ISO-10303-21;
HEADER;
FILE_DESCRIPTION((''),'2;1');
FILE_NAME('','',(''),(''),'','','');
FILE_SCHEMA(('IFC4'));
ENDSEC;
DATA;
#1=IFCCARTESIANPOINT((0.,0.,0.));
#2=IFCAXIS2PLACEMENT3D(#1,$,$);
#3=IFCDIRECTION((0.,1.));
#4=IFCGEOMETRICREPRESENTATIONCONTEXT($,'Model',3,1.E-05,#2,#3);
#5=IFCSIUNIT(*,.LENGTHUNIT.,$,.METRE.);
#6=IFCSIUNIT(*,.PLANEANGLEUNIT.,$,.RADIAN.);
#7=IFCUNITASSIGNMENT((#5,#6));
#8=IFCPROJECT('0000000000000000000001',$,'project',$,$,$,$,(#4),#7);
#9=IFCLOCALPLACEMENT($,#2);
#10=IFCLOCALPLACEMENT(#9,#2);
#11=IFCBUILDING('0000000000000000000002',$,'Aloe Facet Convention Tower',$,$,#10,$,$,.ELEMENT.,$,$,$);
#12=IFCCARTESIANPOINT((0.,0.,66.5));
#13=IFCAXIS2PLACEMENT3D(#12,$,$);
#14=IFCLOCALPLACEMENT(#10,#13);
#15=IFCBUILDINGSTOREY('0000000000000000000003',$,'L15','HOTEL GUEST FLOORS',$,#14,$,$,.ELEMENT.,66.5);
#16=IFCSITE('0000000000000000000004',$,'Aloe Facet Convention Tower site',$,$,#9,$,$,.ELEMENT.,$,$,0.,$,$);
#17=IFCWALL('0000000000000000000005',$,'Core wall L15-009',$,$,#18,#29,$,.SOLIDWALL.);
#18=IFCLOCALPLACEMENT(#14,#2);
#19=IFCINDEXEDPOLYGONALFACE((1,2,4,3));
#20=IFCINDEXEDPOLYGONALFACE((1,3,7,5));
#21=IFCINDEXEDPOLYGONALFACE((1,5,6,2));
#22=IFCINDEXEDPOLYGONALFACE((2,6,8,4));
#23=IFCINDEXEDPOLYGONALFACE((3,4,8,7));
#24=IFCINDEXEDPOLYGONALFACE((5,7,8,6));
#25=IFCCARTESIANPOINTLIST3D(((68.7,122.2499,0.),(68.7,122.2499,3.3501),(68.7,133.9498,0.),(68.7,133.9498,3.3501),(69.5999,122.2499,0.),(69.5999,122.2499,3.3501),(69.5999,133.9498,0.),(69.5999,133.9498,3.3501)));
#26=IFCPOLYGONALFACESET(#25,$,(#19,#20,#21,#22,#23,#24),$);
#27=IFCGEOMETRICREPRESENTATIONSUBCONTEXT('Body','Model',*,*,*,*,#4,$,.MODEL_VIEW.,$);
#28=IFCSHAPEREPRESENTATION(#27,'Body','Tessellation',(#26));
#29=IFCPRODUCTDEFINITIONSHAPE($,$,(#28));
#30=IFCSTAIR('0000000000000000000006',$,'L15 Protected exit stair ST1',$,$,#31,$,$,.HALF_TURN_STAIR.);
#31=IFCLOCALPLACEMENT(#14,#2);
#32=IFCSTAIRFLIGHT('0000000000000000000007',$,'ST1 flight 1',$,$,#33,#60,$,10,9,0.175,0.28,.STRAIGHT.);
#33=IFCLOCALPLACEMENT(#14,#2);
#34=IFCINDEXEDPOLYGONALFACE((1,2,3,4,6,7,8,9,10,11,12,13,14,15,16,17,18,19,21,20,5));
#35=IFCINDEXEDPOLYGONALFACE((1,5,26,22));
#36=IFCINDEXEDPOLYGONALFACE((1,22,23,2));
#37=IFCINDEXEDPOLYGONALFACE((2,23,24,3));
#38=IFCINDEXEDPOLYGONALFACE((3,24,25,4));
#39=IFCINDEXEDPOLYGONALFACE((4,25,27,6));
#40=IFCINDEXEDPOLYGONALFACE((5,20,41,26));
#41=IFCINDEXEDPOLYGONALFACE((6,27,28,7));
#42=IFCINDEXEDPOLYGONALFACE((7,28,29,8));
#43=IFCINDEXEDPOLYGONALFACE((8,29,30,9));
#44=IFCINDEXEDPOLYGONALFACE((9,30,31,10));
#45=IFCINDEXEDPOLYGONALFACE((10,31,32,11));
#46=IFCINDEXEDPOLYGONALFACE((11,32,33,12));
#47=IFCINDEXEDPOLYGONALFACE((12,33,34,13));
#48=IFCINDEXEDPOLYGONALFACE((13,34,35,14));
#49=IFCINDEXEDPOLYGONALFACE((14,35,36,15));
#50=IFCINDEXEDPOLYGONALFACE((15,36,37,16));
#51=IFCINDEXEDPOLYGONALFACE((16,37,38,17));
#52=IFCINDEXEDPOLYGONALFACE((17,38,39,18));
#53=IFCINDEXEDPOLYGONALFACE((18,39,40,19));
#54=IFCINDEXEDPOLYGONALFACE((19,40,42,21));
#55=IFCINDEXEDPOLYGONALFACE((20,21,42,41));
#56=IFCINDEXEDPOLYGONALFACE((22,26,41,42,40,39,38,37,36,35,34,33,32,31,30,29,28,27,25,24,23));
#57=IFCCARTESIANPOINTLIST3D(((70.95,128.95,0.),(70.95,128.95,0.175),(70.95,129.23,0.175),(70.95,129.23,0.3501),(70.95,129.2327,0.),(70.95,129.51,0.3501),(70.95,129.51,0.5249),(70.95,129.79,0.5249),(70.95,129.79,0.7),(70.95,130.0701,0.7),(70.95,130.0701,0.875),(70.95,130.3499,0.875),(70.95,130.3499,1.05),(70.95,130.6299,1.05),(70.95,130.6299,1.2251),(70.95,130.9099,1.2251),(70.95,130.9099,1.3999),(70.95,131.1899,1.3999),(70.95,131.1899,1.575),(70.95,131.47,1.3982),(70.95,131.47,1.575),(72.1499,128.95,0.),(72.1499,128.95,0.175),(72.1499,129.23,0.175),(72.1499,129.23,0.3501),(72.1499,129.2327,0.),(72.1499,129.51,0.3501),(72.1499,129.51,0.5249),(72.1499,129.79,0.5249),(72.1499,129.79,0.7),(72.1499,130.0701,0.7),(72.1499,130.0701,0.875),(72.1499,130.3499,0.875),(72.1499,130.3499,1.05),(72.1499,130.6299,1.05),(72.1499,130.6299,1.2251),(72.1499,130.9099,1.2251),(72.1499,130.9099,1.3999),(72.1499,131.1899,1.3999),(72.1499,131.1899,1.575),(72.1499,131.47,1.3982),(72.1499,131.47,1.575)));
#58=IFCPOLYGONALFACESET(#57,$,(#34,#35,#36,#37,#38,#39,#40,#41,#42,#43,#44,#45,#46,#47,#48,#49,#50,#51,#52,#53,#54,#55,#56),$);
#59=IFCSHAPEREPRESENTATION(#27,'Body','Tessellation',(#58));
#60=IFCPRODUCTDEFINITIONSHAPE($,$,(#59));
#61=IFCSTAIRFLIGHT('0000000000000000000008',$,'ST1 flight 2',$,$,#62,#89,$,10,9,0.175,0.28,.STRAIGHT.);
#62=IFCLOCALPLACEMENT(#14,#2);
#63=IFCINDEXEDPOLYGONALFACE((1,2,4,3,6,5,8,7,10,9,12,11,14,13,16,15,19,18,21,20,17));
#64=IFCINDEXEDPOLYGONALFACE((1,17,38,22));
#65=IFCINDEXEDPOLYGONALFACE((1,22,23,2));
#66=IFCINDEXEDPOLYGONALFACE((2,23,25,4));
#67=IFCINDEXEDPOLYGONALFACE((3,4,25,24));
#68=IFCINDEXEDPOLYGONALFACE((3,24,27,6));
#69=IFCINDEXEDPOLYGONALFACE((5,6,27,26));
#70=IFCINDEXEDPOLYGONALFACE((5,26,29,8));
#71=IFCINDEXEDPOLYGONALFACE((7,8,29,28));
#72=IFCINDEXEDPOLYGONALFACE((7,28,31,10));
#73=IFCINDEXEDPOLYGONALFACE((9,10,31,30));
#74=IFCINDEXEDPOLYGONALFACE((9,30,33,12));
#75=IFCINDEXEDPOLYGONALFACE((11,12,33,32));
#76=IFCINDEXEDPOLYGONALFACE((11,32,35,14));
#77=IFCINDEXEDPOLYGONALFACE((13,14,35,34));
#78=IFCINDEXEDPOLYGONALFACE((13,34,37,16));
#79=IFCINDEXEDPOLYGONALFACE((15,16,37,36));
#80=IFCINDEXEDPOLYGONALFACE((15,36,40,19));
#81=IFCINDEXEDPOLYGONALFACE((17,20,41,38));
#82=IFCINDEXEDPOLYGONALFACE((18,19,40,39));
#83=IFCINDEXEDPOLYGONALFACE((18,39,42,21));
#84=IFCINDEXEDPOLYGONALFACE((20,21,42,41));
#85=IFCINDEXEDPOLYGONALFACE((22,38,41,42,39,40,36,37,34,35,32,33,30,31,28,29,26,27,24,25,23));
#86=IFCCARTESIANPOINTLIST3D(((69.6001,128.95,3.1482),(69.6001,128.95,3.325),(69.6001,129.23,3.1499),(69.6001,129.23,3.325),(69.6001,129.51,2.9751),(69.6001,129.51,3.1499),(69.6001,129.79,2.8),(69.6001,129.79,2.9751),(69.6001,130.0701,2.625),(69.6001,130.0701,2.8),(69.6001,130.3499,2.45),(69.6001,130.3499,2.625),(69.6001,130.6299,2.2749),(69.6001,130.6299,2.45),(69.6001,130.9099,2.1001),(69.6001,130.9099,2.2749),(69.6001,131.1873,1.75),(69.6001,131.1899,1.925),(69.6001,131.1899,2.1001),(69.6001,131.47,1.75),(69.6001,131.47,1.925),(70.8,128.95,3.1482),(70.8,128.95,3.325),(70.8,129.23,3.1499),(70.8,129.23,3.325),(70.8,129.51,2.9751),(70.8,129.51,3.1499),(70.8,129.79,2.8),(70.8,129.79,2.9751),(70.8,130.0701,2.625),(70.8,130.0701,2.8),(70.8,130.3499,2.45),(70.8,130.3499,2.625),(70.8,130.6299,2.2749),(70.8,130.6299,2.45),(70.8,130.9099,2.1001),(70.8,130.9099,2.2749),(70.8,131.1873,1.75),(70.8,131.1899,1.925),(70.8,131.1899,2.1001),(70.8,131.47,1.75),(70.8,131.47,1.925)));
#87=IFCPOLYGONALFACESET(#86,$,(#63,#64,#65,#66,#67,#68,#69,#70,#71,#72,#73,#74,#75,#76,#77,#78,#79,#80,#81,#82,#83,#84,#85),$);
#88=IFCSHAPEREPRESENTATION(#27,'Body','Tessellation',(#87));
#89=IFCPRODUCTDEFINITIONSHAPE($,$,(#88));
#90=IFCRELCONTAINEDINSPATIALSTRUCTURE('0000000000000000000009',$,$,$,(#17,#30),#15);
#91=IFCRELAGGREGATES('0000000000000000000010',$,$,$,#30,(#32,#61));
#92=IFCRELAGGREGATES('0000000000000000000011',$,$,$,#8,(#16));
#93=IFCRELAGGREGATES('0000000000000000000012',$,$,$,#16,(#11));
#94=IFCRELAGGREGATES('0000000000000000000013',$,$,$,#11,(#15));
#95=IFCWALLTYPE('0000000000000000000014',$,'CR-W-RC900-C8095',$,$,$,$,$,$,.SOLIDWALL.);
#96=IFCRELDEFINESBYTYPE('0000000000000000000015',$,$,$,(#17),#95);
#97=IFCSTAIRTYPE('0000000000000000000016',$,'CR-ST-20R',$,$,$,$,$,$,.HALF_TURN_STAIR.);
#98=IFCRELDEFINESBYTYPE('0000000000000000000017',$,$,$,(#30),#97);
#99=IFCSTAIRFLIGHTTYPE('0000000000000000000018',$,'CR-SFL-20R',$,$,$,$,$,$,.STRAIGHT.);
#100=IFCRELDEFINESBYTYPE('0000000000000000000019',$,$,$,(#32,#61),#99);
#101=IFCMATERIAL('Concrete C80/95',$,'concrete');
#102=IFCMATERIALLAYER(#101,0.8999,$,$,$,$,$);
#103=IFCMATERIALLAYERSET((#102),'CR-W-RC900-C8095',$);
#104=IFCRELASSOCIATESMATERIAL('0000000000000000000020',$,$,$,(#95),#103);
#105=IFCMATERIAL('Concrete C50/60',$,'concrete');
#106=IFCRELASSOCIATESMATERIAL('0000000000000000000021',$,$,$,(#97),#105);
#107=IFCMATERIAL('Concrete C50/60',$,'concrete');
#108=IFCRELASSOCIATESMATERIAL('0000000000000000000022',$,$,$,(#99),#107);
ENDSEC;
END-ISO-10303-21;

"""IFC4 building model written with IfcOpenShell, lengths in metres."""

from ifc_helpers import new_model, si_unit, direction, frame, frame_2d, origin, place, context, subcontext, project, spatial, polyline, rectangle, outline, extrude, material, layer, layer_set, type_object, element, aggregate, save


model = new_model("IFC4")

# Units and contexts
model_context = context("Model", 3, precision=1e-05, world=origin(), true_north=direction((0.0, 1.0)))
body_context = subcontext(model_context, "Body", "Model", "MODEL_VIEW")
ifc_project = project(units=[si_unit("LENGTHUNIT", "METRE"), si_unit("PLANEANGLEUNIT", "RADIAN")], contexts=[model_context])

# Site, building, storey
site_placement = place(None, origin())
site = spatial("IfcSite", under=ifc_project, at=site_placement, Name="Aloe Facet Convention Tower site", CompositionType="ELEMENT", RefElevation=0.0)
building_placement = place(site_placement, origin())
building = spatial("IfcBuilding", under=site, at=building_placement, Name="Aloe Facet Convention Tower", CompositionType="ELEMENT")
storey_placement = place(building_placement, frame((0.0, 0.0, 66.5)))
storey = spatial("IfcBuildingStorey", under=building, at=storey_placement, Name="L15", Description="HOTEL GUEST FLOORS", CompositionType="ELEMENT", Elevation=66.5)

# Wall
ifc_material_1 = material(Name="Concrete C80/95", Category="concrete")
ifc_layer_1 = layer(ifc_material_1, 0.8999)
ifc_layer_set_1 = layer_set([ifc_layer_1], Name="CR-W-RC900-C8095")
wall_type_1 = type_object("IfcWallType", Name="CR-W-RC900-C8095", PredefinedType="SOLIDWALL", material=ifc_layer_set_1)
wall_1_placement = place(storey_placement, frame((69.1499, 133.95, 0.0), z_axis=(0.0, 0.0, 1.0), x_axis=(0.0, -1.0, 0.0)))
element("IfcWall", 1, at=wall_1_placement, inside=storey, type_object=wall_type_1, Name="Core wall L15-009", PredefinedType="SOLIDWALL", context=body_context, shape_type="SweptSolid", body=[
    extrude(rectangle(XDim=11.7, YDim=0.8999, at=frame_2d((5.8501, 0.0))), origin(), (0.0, 0.0, 1.0), 3.3501),
])

# Stair, stair flights
ifc_material_2 = material(Name="Concrete C50/60", Category="concrete")
stair_type = type_object("IfcStairType", Name="CR-ST-20R", PredefinedType="HALF_TURN_STAIR", material=ifc_material_2)
stair_placement = place(storey_placement, origin())
stair = element("IfcStair", 2, at=stair_placement, inside=storey, type_object=stair_type, Name="L15 Protected exit stair ST1", PredefinedType="HALF_TURN_STAIR")
ifc_material_3 = material(Name="Concrete C50/60", Category="concrete")
stair_flight_type = type_object("IfcStairFlightType", Name="CR-SFL-20R", PredefinedType="STRAIGHT", material=ifc_material_3)
stair_flight_1_placement = place(storey_placement, frame((71.55, 128.95, 0.0), z_axis=(0.0, 0.0, 1.0), x_axis=(0.0, 1.0, 0.0)))
stair_flight_1 = element("IfcStairFlight", 3, at=stair_flight_1_placement, type_object=stair_flight_type, Name="ST1 flight 1", NumberOfRisers=10, NumberOfTreads=9, PredefinedType="STRAIGHT", RiserHeight=0.175, TreadLength=0.28, context=body_context, shape_type="SweptSolid", body=[
    extrude(outline(polyline([(0.0, 0.0), (0.0, 0.175), (0.28, 0.175), (0.28, 0.3501), (0.5601, 0.3501), (0.5601, 0.5249), (0.8401, 0.5249), (0.8401, 0.7), (1.1201, 0.7), (1.1201, 0.875), (1.3999, 0.875), (1.3999, 1.05), (1.6799, 1.05), (1.6799, 1.2251), (1.96, 1.2251), (1.96, 1.3999), (2.24, 1.3999), (2.24, 1.575), (2.52, 1.575), (2.52, 1.75), (2.52, 1.3982), (0.2827, 0.0), (0.0, 0.0)])), frame((0.0, 0.6001, 0.0), z_axis=(0.0, -1.0, 0.0), x_axis=(1.0, 0.0, 0.0)), (0.0, 0.0, 1.0), 1.2),
])
stair_flight_2_placement = place(storey_placement, frame((70.2, 131.47, 1.75), z_axis=(0.0, 0.0, 1.0), x_axis=(0.0, -1.0, 0.0)))
stair_flight_2 = element("IfcStairFlight", 4, at=stair_flight_2_placement, type_object=stair_flight_type, Name="ST1 flight 2", NumberOfRisers=10, NumberOfTreads=9, PredefinedType="STRAIGHT", RiserHeight=0.175, TreadLength=0.28, context=body_context, shape_type="SweptSolid", body=[
    extrude(outline(polyline([(0.0, 0.0), (0.0, 0.175), (0.28, 0.175), (0.28, 0.3501), (0.5601, 0.3501), (0.5601, 0.5249), (0.8401, 0.5249), (0.8401, 0.7), (1.1201, 0.7), (1.1201, 0.875), (1.3999, 0.875), (1.3999, 1.05), (1.6799, 1.05), (1.6799, 1.2251), (1.96, 1.2251), (1.96, 1.3999), (2.24, 1.3999), (2.24, 1.575), (2.52, 1.575), (2.52, 1.75), (2.52, 1.3982), (0.2827, 0.0), (0.0, 0.0)])), frame((0.0, 0.6001, 0.0), z_axis=(0.0, -1.0, 0.0), x_axis=(1.0, 0.0, 0.0)), (0.0, 0.0, 1.0), 1.2),
])
aggregate(stair, [stair_flight_1, stair_flight_2])

save(model, "model.ifc")
